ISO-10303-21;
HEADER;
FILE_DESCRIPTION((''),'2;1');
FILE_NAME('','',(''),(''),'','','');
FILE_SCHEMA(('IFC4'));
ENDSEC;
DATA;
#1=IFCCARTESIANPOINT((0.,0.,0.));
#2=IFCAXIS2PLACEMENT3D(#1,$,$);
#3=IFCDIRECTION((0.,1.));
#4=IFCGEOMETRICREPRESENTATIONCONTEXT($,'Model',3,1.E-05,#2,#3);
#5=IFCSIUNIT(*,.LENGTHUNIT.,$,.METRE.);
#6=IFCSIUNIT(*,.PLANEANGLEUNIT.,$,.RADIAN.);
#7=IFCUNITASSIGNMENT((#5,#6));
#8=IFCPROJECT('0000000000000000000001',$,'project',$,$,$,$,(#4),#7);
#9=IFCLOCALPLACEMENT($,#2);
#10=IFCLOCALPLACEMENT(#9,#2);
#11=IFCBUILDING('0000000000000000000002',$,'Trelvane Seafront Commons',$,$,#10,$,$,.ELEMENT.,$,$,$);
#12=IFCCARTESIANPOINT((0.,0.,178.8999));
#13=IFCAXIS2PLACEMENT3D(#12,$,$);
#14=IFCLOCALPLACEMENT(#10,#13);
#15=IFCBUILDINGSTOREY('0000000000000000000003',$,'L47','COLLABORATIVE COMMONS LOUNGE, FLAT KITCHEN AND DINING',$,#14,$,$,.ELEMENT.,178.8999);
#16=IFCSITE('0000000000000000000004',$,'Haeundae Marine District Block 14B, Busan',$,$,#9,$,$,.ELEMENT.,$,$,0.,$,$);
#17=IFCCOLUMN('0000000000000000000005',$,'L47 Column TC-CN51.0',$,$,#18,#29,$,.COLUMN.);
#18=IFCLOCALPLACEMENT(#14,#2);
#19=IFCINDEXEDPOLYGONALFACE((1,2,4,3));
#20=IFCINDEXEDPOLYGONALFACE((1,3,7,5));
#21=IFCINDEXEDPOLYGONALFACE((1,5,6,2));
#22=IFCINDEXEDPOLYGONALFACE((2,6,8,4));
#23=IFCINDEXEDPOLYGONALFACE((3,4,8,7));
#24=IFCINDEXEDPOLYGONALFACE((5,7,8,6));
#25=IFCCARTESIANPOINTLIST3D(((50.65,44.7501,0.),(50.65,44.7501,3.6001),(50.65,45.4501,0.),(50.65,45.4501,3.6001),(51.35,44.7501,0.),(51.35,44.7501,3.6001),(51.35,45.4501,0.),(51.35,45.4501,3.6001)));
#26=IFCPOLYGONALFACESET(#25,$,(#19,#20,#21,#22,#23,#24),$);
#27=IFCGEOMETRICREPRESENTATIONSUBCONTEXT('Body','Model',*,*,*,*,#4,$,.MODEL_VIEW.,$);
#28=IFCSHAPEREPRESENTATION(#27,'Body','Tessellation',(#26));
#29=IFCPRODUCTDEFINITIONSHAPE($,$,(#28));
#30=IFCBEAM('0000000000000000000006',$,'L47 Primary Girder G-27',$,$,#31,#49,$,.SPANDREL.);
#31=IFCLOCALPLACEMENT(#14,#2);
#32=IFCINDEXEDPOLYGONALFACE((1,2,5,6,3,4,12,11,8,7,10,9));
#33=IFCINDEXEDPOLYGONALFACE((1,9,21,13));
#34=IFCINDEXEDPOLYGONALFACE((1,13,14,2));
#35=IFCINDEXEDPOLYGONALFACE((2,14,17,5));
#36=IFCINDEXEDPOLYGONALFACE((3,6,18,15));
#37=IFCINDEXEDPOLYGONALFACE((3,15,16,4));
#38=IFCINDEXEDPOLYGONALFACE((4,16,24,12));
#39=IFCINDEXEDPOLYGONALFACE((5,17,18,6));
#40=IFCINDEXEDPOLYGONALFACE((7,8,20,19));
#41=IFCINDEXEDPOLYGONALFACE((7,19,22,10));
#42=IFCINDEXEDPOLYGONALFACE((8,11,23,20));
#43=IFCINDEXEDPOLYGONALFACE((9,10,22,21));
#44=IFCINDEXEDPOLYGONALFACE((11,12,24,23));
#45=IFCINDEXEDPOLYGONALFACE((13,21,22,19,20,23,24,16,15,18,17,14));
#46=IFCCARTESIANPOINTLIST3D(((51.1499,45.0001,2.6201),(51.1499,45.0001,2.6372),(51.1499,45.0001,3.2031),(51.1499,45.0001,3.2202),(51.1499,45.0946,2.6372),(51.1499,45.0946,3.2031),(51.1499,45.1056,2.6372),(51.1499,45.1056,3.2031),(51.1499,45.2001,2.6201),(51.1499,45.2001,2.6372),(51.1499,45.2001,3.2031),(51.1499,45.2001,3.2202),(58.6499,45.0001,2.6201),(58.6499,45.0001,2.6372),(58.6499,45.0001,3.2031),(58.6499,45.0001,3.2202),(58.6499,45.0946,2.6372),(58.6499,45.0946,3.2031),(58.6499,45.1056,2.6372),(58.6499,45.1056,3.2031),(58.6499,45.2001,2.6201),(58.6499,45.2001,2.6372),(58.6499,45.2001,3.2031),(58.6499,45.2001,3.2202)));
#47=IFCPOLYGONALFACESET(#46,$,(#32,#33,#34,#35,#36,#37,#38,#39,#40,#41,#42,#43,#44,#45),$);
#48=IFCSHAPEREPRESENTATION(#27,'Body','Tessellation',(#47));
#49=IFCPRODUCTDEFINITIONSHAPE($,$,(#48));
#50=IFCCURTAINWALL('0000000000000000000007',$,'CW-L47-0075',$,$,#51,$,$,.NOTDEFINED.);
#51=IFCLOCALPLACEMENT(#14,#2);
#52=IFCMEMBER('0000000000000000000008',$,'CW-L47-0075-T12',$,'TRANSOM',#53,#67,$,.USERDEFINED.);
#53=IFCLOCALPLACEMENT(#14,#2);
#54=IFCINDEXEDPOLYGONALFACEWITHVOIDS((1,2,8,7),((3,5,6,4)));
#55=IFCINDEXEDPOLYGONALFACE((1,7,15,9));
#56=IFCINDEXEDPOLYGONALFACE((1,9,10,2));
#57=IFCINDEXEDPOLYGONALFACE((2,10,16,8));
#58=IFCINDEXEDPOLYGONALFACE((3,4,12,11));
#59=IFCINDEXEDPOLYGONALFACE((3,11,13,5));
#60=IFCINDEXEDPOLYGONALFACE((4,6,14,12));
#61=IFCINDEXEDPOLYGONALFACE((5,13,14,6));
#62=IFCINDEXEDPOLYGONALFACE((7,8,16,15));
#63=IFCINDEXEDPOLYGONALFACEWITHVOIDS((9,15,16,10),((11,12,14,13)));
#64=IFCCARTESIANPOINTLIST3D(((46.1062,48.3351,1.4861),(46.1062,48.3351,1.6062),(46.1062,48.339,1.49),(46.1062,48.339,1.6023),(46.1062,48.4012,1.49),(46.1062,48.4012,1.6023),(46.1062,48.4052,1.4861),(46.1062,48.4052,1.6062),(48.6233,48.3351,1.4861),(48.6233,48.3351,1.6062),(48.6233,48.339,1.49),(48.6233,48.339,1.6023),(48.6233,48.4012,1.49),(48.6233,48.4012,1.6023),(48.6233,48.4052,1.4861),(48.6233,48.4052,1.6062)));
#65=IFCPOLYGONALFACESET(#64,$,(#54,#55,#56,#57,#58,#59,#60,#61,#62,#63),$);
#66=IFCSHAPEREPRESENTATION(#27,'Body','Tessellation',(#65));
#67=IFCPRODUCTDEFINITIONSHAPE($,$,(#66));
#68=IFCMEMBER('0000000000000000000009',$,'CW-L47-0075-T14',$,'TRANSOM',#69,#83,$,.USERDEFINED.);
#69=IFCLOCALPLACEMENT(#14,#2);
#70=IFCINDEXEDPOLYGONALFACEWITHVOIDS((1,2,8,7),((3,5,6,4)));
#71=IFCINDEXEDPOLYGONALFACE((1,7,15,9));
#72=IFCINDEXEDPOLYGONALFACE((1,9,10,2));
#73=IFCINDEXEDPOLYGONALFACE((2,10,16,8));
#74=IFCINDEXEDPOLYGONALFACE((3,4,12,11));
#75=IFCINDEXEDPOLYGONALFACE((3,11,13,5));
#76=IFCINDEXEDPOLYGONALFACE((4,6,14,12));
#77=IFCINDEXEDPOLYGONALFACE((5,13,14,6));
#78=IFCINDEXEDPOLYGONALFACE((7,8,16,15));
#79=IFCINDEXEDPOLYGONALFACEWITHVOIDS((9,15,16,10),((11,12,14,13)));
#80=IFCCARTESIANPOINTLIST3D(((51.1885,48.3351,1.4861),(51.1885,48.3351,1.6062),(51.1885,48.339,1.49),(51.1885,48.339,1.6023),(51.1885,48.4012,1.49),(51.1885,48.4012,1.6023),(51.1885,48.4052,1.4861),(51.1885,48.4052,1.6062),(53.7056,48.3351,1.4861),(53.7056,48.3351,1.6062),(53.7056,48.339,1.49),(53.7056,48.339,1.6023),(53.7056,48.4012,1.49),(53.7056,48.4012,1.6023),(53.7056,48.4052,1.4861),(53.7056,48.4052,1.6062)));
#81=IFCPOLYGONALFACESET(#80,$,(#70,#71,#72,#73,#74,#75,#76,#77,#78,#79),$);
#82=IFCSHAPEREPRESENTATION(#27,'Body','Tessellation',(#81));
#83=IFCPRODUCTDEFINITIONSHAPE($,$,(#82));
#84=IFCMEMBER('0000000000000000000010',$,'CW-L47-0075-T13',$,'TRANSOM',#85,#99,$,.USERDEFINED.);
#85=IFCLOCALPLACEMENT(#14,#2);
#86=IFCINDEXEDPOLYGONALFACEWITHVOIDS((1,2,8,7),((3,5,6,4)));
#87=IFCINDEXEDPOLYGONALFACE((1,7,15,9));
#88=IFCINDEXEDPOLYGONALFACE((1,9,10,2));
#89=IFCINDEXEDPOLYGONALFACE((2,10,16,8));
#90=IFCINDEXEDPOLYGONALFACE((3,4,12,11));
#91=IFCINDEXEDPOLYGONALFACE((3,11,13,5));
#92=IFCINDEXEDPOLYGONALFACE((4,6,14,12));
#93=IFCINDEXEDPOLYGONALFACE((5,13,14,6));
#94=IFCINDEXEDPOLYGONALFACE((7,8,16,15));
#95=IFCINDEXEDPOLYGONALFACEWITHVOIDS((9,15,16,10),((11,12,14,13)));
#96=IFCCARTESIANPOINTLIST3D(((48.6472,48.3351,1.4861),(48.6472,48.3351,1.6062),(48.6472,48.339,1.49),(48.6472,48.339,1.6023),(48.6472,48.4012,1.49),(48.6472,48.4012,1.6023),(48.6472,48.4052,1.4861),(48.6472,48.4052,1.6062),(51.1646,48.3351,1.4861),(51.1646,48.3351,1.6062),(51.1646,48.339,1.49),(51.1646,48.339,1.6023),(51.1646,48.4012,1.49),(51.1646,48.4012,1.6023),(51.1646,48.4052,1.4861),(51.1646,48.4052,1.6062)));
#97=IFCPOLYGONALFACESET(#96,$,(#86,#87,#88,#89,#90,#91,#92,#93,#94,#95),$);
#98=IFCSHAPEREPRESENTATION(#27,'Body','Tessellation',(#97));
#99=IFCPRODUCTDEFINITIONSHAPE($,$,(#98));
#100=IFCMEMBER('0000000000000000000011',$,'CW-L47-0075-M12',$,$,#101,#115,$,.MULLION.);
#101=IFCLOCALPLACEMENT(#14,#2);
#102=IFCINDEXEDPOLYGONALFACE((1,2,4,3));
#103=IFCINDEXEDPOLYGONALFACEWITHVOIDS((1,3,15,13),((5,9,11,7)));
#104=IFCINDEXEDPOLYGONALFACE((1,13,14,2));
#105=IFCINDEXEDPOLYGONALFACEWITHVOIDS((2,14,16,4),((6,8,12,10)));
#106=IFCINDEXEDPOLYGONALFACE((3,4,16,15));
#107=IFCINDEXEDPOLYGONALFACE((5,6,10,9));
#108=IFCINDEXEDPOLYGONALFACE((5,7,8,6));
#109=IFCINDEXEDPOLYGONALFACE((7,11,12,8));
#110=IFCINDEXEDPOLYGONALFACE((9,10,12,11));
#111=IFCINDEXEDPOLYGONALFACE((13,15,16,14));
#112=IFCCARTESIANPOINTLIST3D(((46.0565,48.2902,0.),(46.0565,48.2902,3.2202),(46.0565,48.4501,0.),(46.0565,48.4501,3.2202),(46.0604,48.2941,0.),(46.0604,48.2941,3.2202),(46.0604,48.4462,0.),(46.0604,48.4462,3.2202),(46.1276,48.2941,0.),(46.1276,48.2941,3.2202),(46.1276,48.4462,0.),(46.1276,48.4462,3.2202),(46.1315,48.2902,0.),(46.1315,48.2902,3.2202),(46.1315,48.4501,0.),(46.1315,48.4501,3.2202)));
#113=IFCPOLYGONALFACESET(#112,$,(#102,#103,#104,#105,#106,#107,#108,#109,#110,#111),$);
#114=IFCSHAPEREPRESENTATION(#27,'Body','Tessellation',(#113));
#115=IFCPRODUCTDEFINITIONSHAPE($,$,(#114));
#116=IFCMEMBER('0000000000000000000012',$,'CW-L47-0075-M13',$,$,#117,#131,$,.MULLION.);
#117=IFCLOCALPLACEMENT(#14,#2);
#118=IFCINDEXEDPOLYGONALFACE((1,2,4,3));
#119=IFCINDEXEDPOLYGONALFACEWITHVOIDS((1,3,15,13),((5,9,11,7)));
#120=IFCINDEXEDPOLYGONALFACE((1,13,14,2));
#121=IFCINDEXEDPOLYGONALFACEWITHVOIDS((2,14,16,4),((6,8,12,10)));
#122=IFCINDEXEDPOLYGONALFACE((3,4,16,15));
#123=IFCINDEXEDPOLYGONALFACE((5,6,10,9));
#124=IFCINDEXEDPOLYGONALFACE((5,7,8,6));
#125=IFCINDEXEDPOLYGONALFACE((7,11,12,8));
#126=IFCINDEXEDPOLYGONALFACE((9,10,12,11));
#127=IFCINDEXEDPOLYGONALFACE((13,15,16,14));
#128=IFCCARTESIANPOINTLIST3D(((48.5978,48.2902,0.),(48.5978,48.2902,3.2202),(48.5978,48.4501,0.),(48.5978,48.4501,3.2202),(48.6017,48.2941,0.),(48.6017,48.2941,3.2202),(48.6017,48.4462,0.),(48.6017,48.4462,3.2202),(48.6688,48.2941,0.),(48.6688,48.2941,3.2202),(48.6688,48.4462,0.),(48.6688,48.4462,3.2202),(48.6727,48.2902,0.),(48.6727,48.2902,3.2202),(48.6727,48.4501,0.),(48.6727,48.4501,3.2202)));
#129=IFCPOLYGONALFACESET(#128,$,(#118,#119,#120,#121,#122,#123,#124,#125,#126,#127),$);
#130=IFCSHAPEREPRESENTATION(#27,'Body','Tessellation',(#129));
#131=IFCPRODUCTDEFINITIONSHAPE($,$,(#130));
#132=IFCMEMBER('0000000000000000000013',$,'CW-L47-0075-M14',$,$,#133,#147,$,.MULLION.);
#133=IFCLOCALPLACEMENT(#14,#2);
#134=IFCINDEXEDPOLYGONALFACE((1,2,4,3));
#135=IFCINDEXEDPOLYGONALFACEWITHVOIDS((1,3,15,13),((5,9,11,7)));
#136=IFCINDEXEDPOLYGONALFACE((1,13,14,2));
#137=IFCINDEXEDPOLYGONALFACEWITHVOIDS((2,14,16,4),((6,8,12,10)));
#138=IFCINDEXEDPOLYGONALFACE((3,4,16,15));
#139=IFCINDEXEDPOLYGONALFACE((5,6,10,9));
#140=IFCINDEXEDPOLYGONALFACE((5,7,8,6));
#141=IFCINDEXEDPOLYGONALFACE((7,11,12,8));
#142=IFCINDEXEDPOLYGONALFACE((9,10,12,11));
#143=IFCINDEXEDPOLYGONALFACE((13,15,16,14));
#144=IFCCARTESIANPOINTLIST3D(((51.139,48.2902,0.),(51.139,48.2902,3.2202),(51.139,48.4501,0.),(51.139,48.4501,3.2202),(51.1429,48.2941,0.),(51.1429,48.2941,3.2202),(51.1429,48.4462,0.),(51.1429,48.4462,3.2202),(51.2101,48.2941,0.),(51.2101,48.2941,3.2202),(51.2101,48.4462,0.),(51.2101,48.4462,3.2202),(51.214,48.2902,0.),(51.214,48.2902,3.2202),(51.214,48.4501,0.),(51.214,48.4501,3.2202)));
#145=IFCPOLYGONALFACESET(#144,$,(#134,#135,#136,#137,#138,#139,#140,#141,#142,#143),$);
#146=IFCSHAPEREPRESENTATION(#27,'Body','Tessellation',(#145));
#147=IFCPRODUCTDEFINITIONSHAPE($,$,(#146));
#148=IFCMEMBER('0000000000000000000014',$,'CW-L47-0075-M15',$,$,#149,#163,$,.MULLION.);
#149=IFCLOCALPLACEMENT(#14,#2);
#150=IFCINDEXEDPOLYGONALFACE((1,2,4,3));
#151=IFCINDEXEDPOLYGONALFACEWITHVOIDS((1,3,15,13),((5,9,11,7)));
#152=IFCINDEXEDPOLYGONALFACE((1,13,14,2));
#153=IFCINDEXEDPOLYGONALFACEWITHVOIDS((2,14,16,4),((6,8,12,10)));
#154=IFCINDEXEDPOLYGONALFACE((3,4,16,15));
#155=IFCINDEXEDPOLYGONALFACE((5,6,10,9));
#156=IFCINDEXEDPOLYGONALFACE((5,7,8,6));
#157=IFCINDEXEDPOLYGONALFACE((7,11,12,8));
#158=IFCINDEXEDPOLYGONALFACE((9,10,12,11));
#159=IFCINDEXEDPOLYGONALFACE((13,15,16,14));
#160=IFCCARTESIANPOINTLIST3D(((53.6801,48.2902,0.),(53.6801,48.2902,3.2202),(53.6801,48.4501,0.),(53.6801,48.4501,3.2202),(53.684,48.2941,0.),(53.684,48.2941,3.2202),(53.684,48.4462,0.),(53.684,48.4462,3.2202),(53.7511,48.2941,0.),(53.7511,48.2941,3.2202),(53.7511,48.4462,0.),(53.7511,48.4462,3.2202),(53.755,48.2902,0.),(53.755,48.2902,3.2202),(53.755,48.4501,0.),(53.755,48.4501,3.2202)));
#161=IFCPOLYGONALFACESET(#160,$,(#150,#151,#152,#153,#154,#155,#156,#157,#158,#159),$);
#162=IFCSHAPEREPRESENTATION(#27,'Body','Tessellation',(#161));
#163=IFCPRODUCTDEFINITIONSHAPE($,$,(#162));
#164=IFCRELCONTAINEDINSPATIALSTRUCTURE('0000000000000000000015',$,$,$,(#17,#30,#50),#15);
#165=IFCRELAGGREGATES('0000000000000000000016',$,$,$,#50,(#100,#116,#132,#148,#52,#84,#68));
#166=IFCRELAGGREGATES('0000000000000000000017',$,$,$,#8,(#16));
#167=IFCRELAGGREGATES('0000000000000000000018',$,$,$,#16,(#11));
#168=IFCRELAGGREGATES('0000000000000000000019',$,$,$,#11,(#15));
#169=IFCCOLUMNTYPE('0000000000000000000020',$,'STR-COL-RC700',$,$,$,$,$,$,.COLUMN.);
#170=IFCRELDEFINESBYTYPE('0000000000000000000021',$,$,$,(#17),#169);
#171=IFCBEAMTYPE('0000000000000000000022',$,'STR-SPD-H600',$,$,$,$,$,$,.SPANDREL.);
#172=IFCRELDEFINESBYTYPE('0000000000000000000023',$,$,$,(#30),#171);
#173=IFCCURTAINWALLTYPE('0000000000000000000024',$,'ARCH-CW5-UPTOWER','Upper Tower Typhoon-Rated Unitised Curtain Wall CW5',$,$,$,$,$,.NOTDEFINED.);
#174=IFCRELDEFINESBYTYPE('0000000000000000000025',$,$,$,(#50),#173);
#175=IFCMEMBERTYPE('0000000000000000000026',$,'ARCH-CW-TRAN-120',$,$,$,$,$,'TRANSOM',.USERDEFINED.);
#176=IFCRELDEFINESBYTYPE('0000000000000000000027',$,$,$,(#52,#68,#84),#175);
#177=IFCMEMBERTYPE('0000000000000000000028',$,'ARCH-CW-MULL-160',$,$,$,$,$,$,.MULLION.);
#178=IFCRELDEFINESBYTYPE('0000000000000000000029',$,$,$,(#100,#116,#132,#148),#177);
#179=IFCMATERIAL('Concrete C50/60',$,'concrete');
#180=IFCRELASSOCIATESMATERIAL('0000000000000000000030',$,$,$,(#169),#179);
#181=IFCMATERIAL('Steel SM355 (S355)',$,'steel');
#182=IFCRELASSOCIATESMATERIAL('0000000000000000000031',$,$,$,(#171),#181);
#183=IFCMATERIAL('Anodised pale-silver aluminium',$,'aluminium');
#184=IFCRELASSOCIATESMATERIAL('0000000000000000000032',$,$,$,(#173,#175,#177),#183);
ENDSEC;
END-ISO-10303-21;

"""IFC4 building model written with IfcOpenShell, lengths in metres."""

from ifc_helpers import new_model, si_unit, direction, frame, origin, origin_2d, place, context, subcontext, project, spatial, rectangle, hollow_rectangle, i_section, extrude, source, transform, mapped, material, material_profile, profile_set, type_object, element, aggregate, save


model = new_model("IFC4")

# Units and contexts
model_context = context("Model", 3, precision=1e-05, world=origin(), true_north=direction((0.0, 1.0)))
body_context = subcontext(model_context, "Body", "Model", "MODEL_VIEW")
ifc_project = project(units=[si_unit("LENGTHUNIT", "METRE"), si_unit("PLANEANGLEUNIT", "RADIAN")], contexts=[model_context])

# Site, building, storey
site_placement = place(None, origin())
site = spatial("IfcSite", under=ifc_project, at=site_placement, Name="Haeundae Marine District Block 14B, Busan", CompositionType="ELEMENT", RefElevation=0.0)
building_placement = place(site_placement, origin())
building = spatial("IfcBuilding", under=site, at=building_placement, Name="Trelvane Seafront Commons", CompositionType="ELEMENT")
storey_placement = place(building_placement, frame((0.0, 0.0, 178.8999)))
storey = spatial("IfcBuildingStorey", under=building, at=storey_placement, Name="L47", Description="COLLABORATIVE COMMONS LOUNGE, FLAT KITCHEN AND DINING", CompositionType="ELEMENT", Elevation=178.8999)

# Column
ifc_material_1 = material(Name="Concrete C50/60", Category="concrete")
ifc_material_profile_1 = material_profile(ifc_material_1, rectangle(XDim=0.7, YDim=0.7, at=origin_2d()), Name="RC-700x700")
ifc_profile_set_1 = profile_set([ifc_material_profile_1], Name="Concrete C50/60")
column_type = type_object("IfcColumnType", Name="STR-COL-RC700", PredefinedType="COLUMN", material=ifc_profile_set_1)
shared_shape_1 = source(origin(), body_context, "Body", "SweptSolid", [
    extrude(rectangle(XDim=0.7, YDim=0.7, at=origin_2d()), origin(), (0.0, 0.0, 1.0), 3.6001),
])
column_placement = place(storey_placement, frame((51.0, 45.1001, 0.0), z_axis=(0.0, 0.0, 1.0), x_axis=(1.0, 0.0, 0.0)))
element("IfcColumn", 1, at=column_placement, inside=storey, type_object=column_type, Name="L47 Column TC-CN51.0", PredefinedType="COLUMN", context=body_context, shape_type="MappedRepresentation", body=[
    mapped(shared_shape_1, transform((0.0, 0.0, 0.0), x_axis=(1.0, 0.0, 0.0), y_axis=(0.0, 1.0, 0.0), z_axis=(0.0, 0.0, 1.0), scale=1.0)),
])

# Beam
ifc_material_2 = material(Name="Steel SM355 (S355)", Category="steel")
ifc_material_profile_2 = material_profile(ifc_material_2, i_section(OverallWidth=0.2, OverallDepth=0.6001, WebThickness=0.011, FlangeThickness=0.0171, at=origin_2d()), Name="H-600x200x11x17")
ifc_profile_set_2 = profile_set([ifc_material_profile_2], Name="Steel SM355 (S355)")
beam_type = type_object("IfcBeamType", Name="STR-SPD-H600", PredefinedType="SPANDREL", material=ifc_profile_set_2)
shared_shape_2 = source(origin(), body_context, "Body", "SweptSolid", [
    extrude(i_section(OverallWidth=0.2, OverallDepth=0.6001, WebThickness=0.011, FlangeThickness=0.0171, at=origin_2d()), origin(), (0.0, 0.0, 1.0), 7.5),
])
beam_placement = place(storey_placement, frame((51.1499, 45.1001, 2.9202), z_axis=(1.0, 0.0, 0.0), x_axis=(0.0, 1.0, 0.0)))
element("IfcBeam", 2, at=beam_placement, inside=storey, type_object=beam_type, Name="L47 Primary Girder G-27", PredefinedType="SPANDREL", context=body_context, shape_type="MappedRepresentation", body=[
    mapped(shared_shape_2, transform((0.0, 0.0, 0.0), x_axis=(1.0, 0.0, 0.0), y_axis=(0.0, 1.0, 0.0), z_axis=(0.0, 0.0, 1.0), scale=1.0)),
])

# Curtain wall, members
ifc_material_3 = material(Name="Anodised pale-silver aluminium", Category="aluminium")
curtain_wall_type = type_object("IfcCurtainWallType", Name="ARCH-CW5-UPTOWER", Description="Upper Tower Typhoon-Rated Unitised Curtain Wall CW5", PredefinedType="NOTDEFINED", material=ifc_material_3)
curtain_wall_placement = place(storey_placement, origin())
curtain_wall = element("IfcCurtainWall", 3, at=curtain_wall_placement, inside=storey, type_object=curtain_wall_type, Name="CW-L47-0075", PredefinedType="NOTDEFINED")
ifc_material_profile_3 = material_profile(ifc_material_3, hollow_rectangle(XDim=0.0701, YDim=0.1201, WallThickness=0.0039, at=origin_2d()), Name="TRAN-70x120x4")
ifc_profile_set_3 = profile_set([ifc_material_profile_3], Name="Anodised pale-silver aluminium")
member_type_1 = type_object("IfcMemberType", Name="ARCH-CW-TRAN-120", ElementType="TRANSOM", PredefinedType="USERDEFINED", material=ifc_profile_set_3)
shared_shape_3 = source(origin(), body_context, "Body", "SweptSolid", [
    extrude(hollow_rectangle(XDim=0.0701, YDim=0.1201, WallThickness=0.0039, at=origin_2d()), origin(), (0.0, 0.0, 1.0), 2.5171),
])
member_1_placement = place(storey_placement, frame((46.1062, 48.3701, 1.5461), z_axis=(1.0, 0.0, 0.0), x_axis=(0.0, 1.0, 0.0)))
member_1 = element("IfcMember", 4, at=member_1_placement, type_object=member_type_1, Name="CW-L47-0075-T12", ObjectType="TRANSOM", PredefinedType="USERDEFINED", context=body_context, shape_type="MappedRepresentation", body=[
    mapped(shared_shape_3, transform((0.0, 0.0, 0.0), x_axis=(1.0, 0.0, 0.0), y_axis=(0.0, 1.0, 0.0), z_axis=(0.0, 0.0, 1.0), scale=1.0)),
])
member_2_placement = place(storey_placement, frame((51.1885, 48.3701, 1.5461), z_axis=(1.0, 0.0, 0.0), x_axis=(0.0, 1.0, 0.0)))
member_2 = element("IfcMember", 5, at=member_2_placement, type_object=member_type_1, Name="CW-L47-0075-T14", ObjectType="TRANSOM", PredefinedType="USERDEFINED", context=body_context, shape_type="MappedRepresentation", body=[
    mapped(shared_shape_3, transform((0.0, 0.0, 0.0), x_axis=(1.0, 0.0, 0.0), y_axis=(0.0, 1.0, 0.0), z_axis=(0.0, 0.0, 1.0), scale=1.0)),
])
shared_shape_4 = source(origin(), body_context, "Body", "SweptSolid", [
    extrude(hollow_rectangle(XDim=0.0701, YDim=0.1201, WallThickness=0.0039, at=origin_2d()), origin(), (0.0, 0.0, 1.0), 2.5173),
])
member_3_placement = place(storey_placement, frame((48.6472, 48.3701, 1.5461), z_axis=(1.0, 0.0, 0.0), x_axis=(0.0, 1.0, 0.0)))
member_3 = element("IfcMember", 6, at=member_3_placement, type_object=member_type_1, Name="CW-L47-0075-T13", ObjectType="TRANSOM", PredefinedType="USERDEFINED", context=body_context, shape_type="MappedRepresentation", body=[
    mapped(shared_shape_4, transform((0.0, 0.0, 0.0), x_axis=(1.0, 0.0, 0.0), y_axis=(0.0, 1.0, 0.0), z_axis=(0.0, 0.0, 1.0), scale=1.0)),
])
ifc_material_profile_4 = material_profile(ifc_material_3, hollow_rectangle(XDim=0.075, YDim=0.1599, WallThickness=0.0039, at=origin_2d()), Name="MULL-75x160x4")
ifc_profile_set_4 = profile_set([ifc_material_profile_4], Name="Anodised pale-silver aluminium")
member_type_2 = type_object("IfcMemberType", Name="ARCH-CW-MULL-160", PredefinedType="MULLION", material=ifc_profile_set_4)
shared_shape_5 = source(origin(), body_context, "Body", "SweptSolid", [
    extrude(hollow_rectangle(XDim=0.075, YDim=0.1599, WallThickness=0.0039, at=origin_2d()), origin(), (0.0, 0.0, 1.0), 3.2202),
])
member_4_placement = place(storey_placement, frame((46.094, 48.3701, 0.0), z_axis=(0.0, 0.0, 1.0), x_axis=(1.0, 0.0, 0.0)))
member_4 = element("IfcMember", 7, at=member_4_placement, type_object=member_type_2, Name="CW-L47-0075-M12", PredefinedType="MULLION", context=body_context, shape_type="MappedRepresentation", body=[
    mapped(shared_shape_5, transform((0.0, 0.0, 0.0), x_axis=(1.0, 0.0, 0.0), y_axis=(0.0, 1.0, 0.0), z_axis=(0.0, 0.0, 1.0), scale=1.0)),
])
member_5_placement = place(storey_placement, frame((48.6353, 48.3701, 0.0), z_axis=(0.0, 0.0, 1.0), x_axis=(1.0, 0.0, 0.0)))
member_5 = element("IfcMember", 8, at=member_5_placement, type_object=member_type_2, Name="CW-L47-0075-M13", PredefinedType="MULLION", context=body_context, shape_type="MappedRepresentation", body=[
    mapped(shared_shape_5, transform((0.0, 0.0, 0.0), x_axis=(1.0, 0.0, 0.0), y_axis=(0.0, 1.0, 0.0), z_axis=(0.0, 0.0, 1.0), scale=1.0)),
])
member_6_placement = place(storey_placement, frame((51.1765, 48.3701, 0.0), z_axis=(0.0, 0.0, 1.0), x_axis=(1.0, 0.0, 0.0)))
member_6 = element("IfcMember", 9, at=member_6_placement, type_object=member_type_2, Name="CW-L47-0075-M14", PredefinedType="MULLION", context=body_context, shape_type="MappedRepresentation", body=[
    mapped(shared_shape_5, transform((0.0, 0.0, 0.0), x_axis=(1.0, 0.0, 0.0), y_axis=(0.0, 1.0, 0.0), z_axis=(0.0, 0.0, 1.0), scale=1.0)),
])
member_7_placement = place(storey_placement, frame((53.7175, 48.3701, 0.0), z_axis=(0.0, 0.0, 1.0), x_axis=(1.0, 0.0, 0.0)))
member_7 = element("IfcMember", 10, at=member_7_placement, type_object=member_type_2, Name="CW-L47-0075-M15", PredefinedType="MULLION", context=body_context, shape_type="MappedRepresentation", body=[
    mapped(shared_shape_5, transform((0.0, 0.0, 0.0), x_axis=(1.0, 0.0, 0.0), y_axis=(0.0, 1.0, 0.0), z_axis=(0.0, 0.0, 1.0), scale=1.0)),
])

aggregate(curtain_wall, [member_4, member_5, member_6, member_7, member_1, member_3, member_2])

save(model, "model.ifc")
